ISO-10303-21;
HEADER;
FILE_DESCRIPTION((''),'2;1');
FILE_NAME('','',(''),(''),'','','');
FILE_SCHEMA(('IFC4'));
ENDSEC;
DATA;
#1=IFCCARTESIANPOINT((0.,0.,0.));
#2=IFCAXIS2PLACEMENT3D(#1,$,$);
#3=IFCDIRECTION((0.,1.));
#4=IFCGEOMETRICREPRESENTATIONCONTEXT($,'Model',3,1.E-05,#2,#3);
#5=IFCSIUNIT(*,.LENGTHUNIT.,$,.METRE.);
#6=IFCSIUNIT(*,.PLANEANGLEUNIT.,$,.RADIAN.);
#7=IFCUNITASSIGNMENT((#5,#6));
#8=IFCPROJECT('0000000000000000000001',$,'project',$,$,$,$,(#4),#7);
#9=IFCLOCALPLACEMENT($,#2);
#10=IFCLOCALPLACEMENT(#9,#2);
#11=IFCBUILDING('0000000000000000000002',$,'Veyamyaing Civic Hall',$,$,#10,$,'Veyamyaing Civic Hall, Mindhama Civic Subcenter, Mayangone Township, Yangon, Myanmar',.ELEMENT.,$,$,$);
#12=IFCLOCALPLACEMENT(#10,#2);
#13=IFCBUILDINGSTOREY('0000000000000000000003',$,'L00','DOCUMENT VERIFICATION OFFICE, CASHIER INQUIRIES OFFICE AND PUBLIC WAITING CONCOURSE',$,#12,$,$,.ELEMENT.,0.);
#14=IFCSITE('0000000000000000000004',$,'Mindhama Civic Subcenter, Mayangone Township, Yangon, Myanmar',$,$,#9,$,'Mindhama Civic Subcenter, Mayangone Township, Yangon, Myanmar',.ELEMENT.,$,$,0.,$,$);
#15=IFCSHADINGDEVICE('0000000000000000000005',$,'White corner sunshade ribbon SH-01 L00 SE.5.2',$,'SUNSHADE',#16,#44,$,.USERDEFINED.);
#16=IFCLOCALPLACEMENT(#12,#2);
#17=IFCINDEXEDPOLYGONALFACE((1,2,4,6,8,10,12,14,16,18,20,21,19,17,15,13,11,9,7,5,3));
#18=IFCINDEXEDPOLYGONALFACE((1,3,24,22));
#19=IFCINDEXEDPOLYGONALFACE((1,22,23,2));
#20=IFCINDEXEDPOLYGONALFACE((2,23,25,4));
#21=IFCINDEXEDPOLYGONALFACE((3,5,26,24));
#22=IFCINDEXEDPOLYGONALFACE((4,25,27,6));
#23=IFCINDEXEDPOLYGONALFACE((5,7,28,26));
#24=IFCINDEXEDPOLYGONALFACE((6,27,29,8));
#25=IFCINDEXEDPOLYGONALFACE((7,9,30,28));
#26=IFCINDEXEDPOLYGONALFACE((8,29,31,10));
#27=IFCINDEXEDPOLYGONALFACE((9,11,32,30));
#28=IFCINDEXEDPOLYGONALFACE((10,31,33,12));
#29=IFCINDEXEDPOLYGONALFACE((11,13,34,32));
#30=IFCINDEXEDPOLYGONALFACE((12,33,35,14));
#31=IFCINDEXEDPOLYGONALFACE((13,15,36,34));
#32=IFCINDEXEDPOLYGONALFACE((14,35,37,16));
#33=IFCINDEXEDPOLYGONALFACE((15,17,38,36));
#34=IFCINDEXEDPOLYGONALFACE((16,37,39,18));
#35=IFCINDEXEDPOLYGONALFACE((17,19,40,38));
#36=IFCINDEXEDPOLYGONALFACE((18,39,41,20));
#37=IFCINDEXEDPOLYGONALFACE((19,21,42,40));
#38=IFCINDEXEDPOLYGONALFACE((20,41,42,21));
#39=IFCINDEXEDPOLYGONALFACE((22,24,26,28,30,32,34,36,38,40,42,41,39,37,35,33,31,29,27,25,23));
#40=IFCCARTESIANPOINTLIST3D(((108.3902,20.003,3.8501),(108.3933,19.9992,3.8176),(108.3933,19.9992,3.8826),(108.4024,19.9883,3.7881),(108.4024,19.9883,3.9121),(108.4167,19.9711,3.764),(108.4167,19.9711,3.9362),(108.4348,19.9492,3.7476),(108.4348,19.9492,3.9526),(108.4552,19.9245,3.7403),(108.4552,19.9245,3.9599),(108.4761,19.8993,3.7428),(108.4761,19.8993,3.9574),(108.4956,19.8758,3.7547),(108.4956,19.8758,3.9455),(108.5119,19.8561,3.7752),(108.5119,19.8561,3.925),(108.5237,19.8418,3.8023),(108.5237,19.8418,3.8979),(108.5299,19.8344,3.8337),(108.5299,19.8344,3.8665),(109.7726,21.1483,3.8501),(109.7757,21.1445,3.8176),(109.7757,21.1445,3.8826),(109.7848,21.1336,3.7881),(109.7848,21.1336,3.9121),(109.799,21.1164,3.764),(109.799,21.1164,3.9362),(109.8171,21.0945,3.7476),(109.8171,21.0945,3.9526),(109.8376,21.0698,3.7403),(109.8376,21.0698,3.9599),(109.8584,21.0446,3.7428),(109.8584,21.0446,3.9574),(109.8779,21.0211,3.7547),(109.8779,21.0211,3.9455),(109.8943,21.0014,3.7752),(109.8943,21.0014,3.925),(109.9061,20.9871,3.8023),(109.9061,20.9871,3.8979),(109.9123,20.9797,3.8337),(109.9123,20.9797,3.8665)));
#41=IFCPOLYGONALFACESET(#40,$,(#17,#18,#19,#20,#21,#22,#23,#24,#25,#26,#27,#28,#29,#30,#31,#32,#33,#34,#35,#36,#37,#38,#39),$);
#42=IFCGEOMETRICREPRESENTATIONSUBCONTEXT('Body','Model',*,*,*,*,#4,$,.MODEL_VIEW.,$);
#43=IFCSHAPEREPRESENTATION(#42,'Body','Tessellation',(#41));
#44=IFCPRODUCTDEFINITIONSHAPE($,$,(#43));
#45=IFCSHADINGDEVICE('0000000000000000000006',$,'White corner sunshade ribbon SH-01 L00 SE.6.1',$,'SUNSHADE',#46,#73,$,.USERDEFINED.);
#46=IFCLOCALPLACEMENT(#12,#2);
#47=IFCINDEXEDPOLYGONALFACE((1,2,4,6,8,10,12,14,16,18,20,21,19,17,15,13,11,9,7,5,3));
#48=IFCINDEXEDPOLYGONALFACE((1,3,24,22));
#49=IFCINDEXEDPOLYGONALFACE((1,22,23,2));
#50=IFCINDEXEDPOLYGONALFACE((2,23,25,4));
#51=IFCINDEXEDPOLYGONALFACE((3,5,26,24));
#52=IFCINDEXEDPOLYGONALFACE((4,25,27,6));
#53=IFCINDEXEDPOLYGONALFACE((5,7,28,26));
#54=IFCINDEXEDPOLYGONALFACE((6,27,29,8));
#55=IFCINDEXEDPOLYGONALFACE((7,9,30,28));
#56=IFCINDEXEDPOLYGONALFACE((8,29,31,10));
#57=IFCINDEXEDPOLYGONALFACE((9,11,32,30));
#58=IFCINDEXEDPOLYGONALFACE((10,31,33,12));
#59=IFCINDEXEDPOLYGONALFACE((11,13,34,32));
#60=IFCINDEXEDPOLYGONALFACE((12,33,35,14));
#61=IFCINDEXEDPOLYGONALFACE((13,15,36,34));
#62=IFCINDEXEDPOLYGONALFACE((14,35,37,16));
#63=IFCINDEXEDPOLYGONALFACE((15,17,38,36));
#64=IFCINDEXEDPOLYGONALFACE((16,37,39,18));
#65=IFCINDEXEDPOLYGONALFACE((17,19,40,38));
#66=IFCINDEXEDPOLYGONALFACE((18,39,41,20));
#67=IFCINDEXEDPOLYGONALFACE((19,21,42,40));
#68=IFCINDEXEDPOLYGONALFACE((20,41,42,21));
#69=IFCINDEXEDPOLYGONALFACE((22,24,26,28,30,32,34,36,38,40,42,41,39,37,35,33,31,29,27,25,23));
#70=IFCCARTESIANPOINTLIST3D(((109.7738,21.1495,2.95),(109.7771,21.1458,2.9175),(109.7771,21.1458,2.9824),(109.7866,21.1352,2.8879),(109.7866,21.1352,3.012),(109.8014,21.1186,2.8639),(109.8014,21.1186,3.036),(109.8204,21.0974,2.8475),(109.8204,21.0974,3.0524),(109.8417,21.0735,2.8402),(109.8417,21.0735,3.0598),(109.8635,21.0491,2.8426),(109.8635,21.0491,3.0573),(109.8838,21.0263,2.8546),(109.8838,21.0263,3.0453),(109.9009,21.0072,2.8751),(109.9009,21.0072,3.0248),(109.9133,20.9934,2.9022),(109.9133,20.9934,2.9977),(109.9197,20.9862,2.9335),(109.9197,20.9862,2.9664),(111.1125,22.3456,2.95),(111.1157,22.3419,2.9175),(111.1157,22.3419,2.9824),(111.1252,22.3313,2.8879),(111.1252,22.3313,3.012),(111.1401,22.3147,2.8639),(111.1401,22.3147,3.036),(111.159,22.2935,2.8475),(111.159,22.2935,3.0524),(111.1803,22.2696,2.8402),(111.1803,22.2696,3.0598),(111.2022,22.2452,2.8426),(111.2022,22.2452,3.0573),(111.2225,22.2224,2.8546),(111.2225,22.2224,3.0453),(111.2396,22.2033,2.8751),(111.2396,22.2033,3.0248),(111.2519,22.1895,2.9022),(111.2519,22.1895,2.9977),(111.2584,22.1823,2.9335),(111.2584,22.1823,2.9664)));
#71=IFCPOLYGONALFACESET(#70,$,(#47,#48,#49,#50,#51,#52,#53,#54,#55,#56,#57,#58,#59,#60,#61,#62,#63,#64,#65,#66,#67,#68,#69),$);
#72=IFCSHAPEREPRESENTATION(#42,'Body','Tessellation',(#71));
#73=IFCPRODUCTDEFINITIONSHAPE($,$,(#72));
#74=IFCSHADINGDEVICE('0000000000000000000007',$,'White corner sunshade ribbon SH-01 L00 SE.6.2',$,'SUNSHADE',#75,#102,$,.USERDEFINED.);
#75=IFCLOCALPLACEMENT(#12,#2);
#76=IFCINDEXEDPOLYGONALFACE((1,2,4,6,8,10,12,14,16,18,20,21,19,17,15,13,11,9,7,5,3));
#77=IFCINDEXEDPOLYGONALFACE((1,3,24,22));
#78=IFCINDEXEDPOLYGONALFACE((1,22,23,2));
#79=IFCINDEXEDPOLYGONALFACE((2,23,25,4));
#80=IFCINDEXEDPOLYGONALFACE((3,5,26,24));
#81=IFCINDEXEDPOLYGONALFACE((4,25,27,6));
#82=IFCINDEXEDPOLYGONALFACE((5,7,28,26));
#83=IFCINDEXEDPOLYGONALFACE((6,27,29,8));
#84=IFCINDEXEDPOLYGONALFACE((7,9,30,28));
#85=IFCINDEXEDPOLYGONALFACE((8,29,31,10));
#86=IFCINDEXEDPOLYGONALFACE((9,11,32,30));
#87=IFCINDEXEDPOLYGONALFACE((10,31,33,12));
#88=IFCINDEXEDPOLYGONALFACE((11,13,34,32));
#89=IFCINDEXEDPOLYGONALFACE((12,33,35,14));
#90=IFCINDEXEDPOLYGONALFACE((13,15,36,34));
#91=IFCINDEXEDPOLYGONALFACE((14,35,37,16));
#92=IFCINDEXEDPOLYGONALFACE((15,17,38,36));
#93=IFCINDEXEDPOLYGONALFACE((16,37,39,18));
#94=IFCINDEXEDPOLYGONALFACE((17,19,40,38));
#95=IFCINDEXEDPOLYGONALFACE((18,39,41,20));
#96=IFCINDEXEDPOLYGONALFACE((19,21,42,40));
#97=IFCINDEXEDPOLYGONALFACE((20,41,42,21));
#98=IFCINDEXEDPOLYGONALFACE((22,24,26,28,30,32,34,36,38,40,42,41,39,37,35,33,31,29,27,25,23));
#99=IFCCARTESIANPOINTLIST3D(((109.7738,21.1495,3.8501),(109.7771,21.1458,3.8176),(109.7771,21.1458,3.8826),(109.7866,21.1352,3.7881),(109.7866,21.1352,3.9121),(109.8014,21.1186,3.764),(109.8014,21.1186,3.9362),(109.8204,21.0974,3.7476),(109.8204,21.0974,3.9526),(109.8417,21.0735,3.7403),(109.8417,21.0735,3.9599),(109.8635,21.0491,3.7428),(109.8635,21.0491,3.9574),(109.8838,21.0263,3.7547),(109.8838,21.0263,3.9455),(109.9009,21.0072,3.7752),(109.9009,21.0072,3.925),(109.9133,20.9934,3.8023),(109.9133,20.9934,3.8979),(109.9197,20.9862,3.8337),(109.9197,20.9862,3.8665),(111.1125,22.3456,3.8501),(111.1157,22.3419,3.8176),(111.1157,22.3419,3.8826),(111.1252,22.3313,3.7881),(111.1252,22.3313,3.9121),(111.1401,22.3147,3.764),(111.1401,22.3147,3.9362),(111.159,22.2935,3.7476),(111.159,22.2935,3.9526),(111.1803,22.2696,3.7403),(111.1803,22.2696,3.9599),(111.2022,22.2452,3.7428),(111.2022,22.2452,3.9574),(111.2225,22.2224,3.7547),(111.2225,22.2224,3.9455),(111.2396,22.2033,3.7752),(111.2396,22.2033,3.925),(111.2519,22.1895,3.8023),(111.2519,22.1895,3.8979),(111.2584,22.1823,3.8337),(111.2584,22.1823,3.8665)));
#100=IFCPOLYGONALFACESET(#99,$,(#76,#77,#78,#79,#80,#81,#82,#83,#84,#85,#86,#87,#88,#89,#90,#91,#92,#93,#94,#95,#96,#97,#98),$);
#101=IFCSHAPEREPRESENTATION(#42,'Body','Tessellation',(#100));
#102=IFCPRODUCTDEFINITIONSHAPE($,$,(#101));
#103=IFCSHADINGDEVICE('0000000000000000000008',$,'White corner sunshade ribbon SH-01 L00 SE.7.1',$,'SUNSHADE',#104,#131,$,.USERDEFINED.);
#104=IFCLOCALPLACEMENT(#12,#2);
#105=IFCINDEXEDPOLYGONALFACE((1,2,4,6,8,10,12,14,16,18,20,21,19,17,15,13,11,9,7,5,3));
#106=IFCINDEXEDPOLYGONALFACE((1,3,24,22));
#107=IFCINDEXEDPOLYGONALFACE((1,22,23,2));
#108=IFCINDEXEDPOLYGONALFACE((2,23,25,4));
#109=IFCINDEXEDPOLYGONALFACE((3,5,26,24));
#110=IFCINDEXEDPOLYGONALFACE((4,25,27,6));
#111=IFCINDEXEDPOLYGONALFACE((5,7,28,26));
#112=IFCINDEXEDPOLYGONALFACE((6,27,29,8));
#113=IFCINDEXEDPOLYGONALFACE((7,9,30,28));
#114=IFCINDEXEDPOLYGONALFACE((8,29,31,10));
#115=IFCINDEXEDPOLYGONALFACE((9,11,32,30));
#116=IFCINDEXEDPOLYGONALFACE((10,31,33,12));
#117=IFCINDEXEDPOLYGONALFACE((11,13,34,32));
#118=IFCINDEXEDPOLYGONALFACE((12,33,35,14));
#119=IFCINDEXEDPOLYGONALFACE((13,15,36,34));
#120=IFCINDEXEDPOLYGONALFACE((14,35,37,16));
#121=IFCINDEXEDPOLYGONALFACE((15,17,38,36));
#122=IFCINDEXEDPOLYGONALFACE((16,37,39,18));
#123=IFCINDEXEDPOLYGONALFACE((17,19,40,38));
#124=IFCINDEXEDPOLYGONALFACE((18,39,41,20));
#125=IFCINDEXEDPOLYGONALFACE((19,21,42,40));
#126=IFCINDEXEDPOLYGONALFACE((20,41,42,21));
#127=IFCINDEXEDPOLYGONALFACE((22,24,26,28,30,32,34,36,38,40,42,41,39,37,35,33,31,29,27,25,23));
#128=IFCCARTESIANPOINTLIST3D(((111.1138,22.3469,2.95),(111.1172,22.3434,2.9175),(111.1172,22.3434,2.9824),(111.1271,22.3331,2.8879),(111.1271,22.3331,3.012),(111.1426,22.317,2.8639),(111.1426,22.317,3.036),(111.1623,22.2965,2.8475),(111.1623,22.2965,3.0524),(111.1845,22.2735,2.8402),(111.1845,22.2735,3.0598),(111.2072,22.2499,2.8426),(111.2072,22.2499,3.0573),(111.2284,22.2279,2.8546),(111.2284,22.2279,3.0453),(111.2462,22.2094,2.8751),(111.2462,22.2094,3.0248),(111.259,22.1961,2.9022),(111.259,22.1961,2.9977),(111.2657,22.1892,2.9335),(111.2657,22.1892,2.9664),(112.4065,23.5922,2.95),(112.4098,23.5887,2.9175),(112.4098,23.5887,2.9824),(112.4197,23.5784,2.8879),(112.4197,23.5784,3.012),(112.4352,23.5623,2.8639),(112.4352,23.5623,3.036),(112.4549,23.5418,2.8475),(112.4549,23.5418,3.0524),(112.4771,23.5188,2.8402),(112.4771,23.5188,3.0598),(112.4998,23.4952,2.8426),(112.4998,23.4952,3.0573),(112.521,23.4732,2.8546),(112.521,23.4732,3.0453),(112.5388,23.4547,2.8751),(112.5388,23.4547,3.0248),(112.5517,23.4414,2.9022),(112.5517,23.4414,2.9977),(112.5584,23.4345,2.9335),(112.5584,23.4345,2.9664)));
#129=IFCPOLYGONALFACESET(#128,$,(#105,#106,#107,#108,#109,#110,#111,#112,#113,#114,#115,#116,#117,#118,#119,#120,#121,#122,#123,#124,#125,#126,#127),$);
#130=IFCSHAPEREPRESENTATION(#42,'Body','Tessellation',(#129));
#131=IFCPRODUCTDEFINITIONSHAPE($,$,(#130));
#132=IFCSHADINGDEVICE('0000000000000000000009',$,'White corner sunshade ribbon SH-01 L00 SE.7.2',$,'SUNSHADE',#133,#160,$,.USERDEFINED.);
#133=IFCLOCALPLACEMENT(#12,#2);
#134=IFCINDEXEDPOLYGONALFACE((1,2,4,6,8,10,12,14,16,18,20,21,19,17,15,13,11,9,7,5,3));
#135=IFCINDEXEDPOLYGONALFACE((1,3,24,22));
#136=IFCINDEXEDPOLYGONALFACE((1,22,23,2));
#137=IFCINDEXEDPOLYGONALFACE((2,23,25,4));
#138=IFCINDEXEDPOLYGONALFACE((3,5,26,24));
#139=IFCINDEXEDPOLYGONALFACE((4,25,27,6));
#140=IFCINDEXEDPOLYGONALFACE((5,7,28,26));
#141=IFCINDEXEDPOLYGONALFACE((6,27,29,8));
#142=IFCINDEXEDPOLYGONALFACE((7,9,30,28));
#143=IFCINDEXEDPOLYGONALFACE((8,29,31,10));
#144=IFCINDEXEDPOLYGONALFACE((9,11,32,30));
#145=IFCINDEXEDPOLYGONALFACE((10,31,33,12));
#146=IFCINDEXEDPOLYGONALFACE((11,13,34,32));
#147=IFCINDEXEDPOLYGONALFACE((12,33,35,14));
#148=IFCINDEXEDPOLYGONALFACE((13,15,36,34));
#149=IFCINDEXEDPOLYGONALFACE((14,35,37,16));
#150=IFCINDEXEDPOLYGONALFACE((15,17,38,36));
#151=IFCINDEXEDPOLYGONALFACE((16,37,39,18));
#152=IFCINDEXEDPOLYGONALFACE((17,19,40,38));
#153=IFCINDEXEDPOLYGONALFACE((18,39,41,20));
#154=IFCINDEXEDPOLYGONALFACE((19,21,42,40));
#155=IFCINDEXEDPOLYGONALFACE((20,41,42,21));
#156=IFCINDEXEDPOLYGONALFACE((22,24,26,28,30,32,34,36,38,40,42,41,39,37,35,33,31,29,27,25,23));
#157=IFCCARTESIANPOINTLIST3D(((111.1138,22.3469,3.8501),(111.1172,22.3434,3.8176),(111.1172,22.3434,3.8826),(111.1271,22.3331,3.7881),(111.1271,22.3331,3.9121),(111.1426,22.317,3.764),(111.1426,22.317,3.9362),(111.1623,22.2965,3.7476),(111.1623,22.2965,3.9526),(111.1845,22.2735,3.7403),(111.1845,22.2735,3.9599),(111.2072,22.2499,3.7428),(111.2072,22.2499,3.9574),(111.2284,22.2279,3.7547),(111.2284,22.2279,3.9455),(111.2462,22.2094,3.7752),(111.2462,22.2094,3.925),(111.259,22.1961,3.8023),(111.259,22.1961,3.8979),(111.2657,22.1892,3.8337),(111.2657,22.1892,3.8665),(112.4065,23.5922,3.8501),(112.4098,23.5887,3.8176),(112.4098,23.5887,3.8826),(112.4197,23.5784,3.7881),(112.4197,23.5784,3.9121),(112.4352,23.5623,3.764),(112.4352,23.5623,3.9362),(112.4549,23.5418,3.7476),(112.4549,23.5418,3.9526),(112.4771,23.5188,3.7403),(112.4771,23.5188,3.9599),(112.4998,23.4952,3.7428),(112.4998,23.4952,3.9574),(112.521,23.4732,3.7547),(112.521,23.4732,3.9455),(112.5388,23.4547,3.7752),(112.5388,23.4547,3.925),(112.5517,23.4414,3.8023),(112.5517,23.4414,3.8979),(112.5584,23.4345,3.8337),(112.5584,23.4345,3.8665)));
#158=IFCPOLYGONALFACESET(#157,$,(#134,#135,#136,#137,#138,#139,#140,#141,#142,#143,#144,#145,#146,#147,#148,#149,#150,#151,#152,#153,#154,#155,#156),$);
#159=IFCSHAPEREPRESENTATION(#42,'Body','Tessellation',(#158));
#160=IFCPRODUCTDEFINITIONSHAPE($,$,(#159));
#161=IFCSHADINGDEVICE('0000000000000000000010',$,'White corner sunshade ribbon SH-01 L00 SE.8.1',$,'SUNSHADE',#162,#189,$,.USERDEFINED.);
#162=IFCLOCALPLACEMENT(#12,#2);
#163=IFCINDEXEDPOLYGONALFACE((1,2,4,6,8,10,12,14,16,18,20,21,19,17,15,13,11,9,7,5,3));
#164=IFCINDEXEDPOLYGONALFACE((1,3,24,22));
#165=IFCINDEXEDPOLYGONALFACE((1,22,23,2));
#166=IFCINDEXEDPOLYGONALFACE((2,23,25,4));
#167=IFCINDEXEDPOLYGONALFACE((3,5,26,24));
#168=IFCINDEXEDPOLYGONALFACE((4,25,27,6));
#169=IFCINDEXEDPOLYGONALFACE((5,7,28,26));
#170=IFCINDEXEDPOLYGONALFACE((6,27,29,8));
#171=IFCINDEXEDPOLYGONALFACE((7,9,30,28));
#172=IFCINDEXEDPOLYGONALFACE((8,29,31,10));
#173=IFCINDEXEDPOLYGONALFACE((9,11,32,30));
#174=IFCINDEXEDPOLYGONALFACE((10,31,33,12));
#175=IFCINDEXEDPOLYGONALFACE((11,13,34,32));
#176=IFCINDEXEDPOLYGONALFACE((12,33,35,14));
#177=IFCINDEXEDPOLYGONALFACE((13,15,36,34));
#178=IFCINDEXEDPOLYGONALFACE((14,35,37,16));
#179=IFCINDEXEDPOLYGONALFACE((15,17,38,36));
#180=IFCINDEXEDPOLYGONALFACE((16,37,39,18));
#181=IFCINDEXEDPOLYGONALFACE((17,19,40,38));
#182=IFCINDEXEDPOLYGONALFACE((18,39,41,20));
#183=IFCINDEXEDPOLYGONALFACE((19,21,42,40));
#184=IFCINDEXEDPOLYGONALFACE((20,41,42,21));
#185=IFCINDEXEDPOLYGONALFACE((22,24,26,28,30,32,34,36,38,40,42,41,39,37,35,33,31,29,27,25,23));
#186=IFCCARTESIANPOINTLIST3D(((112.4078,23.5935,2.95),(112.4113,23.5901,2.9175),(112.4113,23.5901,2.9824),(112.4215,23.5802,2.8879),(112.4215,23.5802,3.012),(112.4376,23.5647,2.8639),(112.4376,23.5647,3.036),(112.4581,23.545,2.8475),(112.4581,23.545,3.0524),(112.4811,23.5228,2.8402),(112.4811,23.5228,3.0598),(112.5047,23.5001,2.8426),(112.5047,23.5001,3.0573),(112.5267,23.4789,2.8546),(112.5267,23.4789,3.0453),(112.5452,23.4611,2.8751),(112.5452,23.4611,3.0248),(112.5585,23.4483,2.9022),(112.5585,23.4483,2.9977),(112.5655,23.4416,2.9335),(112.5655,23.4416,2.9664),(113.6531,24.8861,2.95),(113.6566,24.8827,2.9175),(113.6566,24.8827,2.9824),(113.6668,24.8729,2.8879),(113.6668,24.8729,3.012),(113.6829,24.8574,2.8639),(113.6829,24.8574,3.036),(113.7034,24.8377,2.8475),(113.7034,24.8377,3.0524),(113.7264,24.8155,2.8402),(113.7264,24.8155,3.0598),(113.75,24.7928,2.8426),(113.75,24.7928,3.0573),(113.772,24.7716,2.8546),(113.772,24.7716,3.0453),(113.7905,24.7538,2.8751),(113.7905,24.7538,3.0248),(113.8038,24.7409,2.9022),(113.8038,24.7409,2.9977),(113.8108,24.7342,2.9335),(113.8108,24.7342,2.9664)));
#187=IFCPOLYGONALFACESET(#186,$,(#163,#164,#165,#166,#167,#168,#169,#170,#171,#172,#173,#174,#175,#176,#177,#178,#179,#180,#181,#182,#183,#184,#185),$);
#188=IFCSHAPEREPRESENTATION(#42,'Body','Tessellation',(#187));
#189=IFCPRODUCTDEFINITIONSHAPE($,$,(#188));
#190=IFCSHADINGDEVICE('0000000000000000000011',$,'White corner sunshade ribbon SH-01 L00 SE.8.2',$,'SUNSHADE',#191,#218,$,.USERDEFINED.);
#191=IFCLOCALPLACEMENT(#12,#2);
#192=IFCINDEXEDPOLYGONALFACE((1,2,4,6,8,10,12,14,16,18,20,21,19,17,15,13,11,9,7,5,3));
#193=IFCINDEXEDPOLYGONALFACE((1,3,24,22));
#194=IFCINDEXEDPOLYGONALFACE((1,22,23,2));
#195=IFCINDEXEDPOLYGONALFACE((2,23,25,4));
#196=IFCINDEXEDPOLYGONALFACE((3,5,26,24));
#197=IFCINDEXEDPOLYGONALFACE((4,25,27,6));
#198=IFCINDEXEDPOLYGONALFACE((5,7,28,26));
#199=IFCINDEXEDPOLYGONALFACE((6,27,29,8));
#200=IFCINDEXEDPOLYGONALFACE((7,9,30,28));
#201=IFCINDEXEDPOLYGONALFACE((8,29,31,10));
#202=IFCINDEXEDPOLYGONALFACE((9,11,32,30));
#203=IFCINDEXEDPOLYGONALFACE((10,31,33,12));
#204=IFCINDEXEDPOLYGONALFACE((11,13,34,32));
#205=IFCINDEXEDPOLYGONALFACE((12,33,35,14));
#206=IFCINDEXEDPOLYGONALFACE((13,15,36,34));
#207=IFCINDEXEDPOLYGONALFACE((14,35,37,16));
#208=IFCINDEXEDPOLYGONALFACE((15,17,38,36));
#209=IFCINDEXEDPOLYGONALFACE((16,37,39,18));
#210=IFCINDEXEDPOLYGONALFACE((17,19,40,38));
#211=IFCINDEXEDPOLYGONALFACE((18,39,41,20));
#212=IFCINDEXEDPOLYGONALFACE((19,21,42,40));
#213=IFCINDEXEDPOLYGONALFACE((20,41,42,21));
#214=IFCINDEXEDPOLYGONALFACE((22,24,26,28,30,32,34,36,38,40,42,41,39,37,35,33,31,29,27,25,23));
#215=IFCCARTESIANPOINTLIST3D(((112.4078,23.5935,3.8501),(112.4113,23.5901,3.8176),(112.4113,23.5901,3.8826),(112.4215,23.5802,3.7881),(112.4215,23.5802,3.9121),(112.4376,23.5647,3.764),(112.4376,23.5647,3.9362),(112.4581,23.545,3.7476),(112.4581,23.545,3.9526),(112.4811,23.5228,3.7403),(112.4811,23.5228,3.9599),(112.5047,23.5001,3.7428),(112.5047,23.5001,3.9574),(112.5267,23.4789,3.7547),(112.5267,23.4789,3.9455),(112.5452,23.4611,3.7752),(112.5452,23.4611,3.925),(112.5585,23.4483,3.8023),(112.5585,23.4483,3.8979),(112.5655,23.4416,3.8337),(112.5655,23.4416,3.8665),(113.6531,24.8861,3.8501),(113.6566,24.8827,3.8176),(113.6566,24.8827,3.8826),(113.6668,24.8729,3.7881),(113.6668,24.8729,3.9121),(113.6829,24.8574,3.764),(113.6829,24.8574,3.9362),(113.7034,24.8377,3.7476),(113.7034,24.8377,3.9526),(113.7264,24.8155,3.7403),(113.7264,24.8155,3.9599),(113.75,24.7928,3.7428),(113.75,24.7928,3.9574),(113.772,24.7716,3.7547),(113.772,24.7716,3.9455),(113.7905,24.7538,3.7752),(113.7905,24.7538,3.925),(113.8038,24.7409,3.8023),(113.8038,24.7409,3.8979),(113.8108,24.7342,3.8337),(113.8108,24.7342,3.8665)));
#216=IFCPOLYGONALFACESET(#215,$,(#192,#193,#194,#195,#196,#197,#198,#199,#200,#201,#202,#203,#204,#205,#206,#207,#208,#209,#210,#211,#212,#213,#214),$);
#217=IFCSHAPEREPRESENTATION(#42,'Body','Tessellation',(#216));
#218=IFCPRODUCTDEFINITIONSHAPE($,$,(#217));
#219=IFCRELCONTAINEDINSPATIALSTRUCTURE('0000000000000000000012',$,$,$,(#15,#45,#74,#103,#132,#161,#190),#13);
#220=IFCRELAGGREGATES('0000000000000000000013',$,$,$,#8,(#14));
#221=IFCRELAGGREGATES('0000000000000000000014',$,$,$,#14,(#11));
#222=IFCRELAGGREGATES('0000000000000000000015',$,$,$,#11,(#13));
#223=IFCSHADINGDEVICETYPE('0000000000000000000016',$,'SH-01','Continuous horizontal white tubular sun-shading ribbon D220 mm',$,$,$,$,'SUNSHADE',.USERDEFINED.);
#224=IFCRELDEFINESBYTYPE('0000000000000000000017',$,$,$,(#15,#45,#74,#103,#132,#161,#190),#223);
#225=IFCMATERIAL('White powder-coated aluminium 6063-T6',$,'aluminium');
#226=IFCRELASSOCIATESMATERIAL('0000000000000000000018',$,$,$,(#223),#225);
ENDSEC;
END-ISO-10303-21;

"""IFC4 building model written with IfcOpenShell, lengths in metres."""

from ifc_helpers import new_model, si_unit, direction, frame, origin, origin_2d, place, context, subcontext, project, spatial, circle, extrude, material, material_profile, profile_set, type_object, element, save


model = new_model("IFC4")

# Units and contexts
model_context = context("Model", 3, precision=1e-05, world=origin(), true_north=direction((0.0, 1.0)))
body_context = subcontext(model_context, "Body", "Model", "MODEL_VIEW")
ifc_project = project(units=[si_unit("LENGTHUNIT", "METRE"), si_unit("PLANEANGLEUNIT", "RADIAN")], contexts=[model_context])

# Site, building, storey
site_placement = place(None, origin())
site = spatial("IfcSite", under=ifc_project, at=site_placement, Name="Mindhama Civic Subcenter, Mayangone Township, Yangon, Myanmar", LongName="Mindhama Civic Subcenter, Mayangone Township, Yangon, Myanmar", CompositionType="ELEMENT", RefElevation=0.0)
building_placement = place(site_placement, origin())
building = spatial("IfcBuilding", under=site, at=building_placement, Name="Veyamyaing Civic Hall", LongName="Veyamyaing Civic Hall, Mindhama Civic Subcenter, Mayangone Township, Yangon, Myanmar", CompositionType="ELEMENT")
storey_placement = place(building_placement, origin())
storey = spatial("IfcBuildingStorey", under=building, at=storey_placement, Name="L00", Description="DOCUMENT VERIFICATION OFFICE, CASHIER INQUIRIES OFFICE AND PUBLIC WAITING CONCOURSE", CompositionType="ELEMENT", Elevation=0.0)

# Shared definitions
ifc_material_1 = material(Name="White powder-coated aluminium 6063-T6", Category="aluminium")

# Shading devices
ifc_material_profile_1 = material_profile(ifc_material_1, circle(Radius=0.1101, at=origin_2d()), Name="SHADE-TUBE-220")
ifc_profile_set_1 = profile_set([ifc_material_profile_1], Name="White powder-coated aluminium 6063-T6")
shading_device_type_1 = type_object("IfcShadingDeviceType", Name="SH-01", Description="Continuous horizontal white tubular sun-shading ribbon D220 mm", ElementType="SUNSHADE", PredefinedType="USERDEFINED", material=ifc_profile_set_1)
for number, where, z_axis, x_axis, name in (
    (1, (108.4604, 19.9182, 3.8501), (0.770046, 0.637988, 0.0), (-0.637988, 0.770046, 0.0), "White corner sunshade ribbon SH-01 L00 SE.5.2"),
    (2, (109.8472, 21.0674, 2.95), (0.745704, 0.666278, 0.0), (-0.666278, 0.745704, 0.0), "White corner sunshade ribbon SH-01 L00 SE.6.1"),
    (3, (109.8472, 21.0674, 3.8501), (0.745704, 0.666278, 0.0), (-0.666278, 0.745704, 0.0), "White corner sunshade ribbon SH-01 L00 SE.6.2"),
):
    element("IfcShadingDevice", number, at=place(storey_placement, frame(where, z_axis=z_axis, x_axis=x_axis)), inside=storey, type_object=shading_device_type_1, Name=name, ObjectType="SUNSHADE", PredefinedType="USERDEFINED", context=body_context, shape_type="SweptSolid", body=[
        extrude(circle(Radius=0.1101, at=origin_2d()), origin(), (0.0, 0.0, 1.0), 1.7952),
    ])
for number, where, z_axis, x_axis, name in (
    (4, (111.1902, 22.2676, 2.95), (0.720177, 0.693791, 0.0), (-0.693791, 0.720177, 0.0), "White corner sunshade ribbon SH-01 L00 SE.7.1"),
    (5, (111.1902, 22.2676, 3.8501), (0.720177, 0.693791, 0.0), (-0.693791, 0.720177, 0.0), "White corner sunshade ribbon SH-01 L00 SE.7.2"),
    (6, (112.4871, 23.5171, 2.95), (0.693791, 0.720177, 0.0), (-0.720177, 0.693791, 0.0), "White corner sunshade ribbon SH-01 L00 SE.8.1"),
    (7, (112.4871, 23.5171, 3.8501), (0.693791, 0.720177, 0.0), (-0.720177, 0.693791, 0.0), "White corner sunshade ribbon SH-01 L00 SE.8.2"),
):
    element("IfcShadingDevice", number, at=place(storey_placement, frame(where, z_axis=z_axis, x_axis=x_axis)), inside=storey, type_object=shading_device_type_1, Name=name, ObjectType="SUNSHADE", PredefinedType="USERDEFINED", context=body_context, shape_type="SweptSolid", body=[
        extrude(circle(Radius=0.1101, at=origin_2d()), origin(), (0.0, 0.0, 1.0), 1.7949),
    ])

save(model, "model.ifc")
